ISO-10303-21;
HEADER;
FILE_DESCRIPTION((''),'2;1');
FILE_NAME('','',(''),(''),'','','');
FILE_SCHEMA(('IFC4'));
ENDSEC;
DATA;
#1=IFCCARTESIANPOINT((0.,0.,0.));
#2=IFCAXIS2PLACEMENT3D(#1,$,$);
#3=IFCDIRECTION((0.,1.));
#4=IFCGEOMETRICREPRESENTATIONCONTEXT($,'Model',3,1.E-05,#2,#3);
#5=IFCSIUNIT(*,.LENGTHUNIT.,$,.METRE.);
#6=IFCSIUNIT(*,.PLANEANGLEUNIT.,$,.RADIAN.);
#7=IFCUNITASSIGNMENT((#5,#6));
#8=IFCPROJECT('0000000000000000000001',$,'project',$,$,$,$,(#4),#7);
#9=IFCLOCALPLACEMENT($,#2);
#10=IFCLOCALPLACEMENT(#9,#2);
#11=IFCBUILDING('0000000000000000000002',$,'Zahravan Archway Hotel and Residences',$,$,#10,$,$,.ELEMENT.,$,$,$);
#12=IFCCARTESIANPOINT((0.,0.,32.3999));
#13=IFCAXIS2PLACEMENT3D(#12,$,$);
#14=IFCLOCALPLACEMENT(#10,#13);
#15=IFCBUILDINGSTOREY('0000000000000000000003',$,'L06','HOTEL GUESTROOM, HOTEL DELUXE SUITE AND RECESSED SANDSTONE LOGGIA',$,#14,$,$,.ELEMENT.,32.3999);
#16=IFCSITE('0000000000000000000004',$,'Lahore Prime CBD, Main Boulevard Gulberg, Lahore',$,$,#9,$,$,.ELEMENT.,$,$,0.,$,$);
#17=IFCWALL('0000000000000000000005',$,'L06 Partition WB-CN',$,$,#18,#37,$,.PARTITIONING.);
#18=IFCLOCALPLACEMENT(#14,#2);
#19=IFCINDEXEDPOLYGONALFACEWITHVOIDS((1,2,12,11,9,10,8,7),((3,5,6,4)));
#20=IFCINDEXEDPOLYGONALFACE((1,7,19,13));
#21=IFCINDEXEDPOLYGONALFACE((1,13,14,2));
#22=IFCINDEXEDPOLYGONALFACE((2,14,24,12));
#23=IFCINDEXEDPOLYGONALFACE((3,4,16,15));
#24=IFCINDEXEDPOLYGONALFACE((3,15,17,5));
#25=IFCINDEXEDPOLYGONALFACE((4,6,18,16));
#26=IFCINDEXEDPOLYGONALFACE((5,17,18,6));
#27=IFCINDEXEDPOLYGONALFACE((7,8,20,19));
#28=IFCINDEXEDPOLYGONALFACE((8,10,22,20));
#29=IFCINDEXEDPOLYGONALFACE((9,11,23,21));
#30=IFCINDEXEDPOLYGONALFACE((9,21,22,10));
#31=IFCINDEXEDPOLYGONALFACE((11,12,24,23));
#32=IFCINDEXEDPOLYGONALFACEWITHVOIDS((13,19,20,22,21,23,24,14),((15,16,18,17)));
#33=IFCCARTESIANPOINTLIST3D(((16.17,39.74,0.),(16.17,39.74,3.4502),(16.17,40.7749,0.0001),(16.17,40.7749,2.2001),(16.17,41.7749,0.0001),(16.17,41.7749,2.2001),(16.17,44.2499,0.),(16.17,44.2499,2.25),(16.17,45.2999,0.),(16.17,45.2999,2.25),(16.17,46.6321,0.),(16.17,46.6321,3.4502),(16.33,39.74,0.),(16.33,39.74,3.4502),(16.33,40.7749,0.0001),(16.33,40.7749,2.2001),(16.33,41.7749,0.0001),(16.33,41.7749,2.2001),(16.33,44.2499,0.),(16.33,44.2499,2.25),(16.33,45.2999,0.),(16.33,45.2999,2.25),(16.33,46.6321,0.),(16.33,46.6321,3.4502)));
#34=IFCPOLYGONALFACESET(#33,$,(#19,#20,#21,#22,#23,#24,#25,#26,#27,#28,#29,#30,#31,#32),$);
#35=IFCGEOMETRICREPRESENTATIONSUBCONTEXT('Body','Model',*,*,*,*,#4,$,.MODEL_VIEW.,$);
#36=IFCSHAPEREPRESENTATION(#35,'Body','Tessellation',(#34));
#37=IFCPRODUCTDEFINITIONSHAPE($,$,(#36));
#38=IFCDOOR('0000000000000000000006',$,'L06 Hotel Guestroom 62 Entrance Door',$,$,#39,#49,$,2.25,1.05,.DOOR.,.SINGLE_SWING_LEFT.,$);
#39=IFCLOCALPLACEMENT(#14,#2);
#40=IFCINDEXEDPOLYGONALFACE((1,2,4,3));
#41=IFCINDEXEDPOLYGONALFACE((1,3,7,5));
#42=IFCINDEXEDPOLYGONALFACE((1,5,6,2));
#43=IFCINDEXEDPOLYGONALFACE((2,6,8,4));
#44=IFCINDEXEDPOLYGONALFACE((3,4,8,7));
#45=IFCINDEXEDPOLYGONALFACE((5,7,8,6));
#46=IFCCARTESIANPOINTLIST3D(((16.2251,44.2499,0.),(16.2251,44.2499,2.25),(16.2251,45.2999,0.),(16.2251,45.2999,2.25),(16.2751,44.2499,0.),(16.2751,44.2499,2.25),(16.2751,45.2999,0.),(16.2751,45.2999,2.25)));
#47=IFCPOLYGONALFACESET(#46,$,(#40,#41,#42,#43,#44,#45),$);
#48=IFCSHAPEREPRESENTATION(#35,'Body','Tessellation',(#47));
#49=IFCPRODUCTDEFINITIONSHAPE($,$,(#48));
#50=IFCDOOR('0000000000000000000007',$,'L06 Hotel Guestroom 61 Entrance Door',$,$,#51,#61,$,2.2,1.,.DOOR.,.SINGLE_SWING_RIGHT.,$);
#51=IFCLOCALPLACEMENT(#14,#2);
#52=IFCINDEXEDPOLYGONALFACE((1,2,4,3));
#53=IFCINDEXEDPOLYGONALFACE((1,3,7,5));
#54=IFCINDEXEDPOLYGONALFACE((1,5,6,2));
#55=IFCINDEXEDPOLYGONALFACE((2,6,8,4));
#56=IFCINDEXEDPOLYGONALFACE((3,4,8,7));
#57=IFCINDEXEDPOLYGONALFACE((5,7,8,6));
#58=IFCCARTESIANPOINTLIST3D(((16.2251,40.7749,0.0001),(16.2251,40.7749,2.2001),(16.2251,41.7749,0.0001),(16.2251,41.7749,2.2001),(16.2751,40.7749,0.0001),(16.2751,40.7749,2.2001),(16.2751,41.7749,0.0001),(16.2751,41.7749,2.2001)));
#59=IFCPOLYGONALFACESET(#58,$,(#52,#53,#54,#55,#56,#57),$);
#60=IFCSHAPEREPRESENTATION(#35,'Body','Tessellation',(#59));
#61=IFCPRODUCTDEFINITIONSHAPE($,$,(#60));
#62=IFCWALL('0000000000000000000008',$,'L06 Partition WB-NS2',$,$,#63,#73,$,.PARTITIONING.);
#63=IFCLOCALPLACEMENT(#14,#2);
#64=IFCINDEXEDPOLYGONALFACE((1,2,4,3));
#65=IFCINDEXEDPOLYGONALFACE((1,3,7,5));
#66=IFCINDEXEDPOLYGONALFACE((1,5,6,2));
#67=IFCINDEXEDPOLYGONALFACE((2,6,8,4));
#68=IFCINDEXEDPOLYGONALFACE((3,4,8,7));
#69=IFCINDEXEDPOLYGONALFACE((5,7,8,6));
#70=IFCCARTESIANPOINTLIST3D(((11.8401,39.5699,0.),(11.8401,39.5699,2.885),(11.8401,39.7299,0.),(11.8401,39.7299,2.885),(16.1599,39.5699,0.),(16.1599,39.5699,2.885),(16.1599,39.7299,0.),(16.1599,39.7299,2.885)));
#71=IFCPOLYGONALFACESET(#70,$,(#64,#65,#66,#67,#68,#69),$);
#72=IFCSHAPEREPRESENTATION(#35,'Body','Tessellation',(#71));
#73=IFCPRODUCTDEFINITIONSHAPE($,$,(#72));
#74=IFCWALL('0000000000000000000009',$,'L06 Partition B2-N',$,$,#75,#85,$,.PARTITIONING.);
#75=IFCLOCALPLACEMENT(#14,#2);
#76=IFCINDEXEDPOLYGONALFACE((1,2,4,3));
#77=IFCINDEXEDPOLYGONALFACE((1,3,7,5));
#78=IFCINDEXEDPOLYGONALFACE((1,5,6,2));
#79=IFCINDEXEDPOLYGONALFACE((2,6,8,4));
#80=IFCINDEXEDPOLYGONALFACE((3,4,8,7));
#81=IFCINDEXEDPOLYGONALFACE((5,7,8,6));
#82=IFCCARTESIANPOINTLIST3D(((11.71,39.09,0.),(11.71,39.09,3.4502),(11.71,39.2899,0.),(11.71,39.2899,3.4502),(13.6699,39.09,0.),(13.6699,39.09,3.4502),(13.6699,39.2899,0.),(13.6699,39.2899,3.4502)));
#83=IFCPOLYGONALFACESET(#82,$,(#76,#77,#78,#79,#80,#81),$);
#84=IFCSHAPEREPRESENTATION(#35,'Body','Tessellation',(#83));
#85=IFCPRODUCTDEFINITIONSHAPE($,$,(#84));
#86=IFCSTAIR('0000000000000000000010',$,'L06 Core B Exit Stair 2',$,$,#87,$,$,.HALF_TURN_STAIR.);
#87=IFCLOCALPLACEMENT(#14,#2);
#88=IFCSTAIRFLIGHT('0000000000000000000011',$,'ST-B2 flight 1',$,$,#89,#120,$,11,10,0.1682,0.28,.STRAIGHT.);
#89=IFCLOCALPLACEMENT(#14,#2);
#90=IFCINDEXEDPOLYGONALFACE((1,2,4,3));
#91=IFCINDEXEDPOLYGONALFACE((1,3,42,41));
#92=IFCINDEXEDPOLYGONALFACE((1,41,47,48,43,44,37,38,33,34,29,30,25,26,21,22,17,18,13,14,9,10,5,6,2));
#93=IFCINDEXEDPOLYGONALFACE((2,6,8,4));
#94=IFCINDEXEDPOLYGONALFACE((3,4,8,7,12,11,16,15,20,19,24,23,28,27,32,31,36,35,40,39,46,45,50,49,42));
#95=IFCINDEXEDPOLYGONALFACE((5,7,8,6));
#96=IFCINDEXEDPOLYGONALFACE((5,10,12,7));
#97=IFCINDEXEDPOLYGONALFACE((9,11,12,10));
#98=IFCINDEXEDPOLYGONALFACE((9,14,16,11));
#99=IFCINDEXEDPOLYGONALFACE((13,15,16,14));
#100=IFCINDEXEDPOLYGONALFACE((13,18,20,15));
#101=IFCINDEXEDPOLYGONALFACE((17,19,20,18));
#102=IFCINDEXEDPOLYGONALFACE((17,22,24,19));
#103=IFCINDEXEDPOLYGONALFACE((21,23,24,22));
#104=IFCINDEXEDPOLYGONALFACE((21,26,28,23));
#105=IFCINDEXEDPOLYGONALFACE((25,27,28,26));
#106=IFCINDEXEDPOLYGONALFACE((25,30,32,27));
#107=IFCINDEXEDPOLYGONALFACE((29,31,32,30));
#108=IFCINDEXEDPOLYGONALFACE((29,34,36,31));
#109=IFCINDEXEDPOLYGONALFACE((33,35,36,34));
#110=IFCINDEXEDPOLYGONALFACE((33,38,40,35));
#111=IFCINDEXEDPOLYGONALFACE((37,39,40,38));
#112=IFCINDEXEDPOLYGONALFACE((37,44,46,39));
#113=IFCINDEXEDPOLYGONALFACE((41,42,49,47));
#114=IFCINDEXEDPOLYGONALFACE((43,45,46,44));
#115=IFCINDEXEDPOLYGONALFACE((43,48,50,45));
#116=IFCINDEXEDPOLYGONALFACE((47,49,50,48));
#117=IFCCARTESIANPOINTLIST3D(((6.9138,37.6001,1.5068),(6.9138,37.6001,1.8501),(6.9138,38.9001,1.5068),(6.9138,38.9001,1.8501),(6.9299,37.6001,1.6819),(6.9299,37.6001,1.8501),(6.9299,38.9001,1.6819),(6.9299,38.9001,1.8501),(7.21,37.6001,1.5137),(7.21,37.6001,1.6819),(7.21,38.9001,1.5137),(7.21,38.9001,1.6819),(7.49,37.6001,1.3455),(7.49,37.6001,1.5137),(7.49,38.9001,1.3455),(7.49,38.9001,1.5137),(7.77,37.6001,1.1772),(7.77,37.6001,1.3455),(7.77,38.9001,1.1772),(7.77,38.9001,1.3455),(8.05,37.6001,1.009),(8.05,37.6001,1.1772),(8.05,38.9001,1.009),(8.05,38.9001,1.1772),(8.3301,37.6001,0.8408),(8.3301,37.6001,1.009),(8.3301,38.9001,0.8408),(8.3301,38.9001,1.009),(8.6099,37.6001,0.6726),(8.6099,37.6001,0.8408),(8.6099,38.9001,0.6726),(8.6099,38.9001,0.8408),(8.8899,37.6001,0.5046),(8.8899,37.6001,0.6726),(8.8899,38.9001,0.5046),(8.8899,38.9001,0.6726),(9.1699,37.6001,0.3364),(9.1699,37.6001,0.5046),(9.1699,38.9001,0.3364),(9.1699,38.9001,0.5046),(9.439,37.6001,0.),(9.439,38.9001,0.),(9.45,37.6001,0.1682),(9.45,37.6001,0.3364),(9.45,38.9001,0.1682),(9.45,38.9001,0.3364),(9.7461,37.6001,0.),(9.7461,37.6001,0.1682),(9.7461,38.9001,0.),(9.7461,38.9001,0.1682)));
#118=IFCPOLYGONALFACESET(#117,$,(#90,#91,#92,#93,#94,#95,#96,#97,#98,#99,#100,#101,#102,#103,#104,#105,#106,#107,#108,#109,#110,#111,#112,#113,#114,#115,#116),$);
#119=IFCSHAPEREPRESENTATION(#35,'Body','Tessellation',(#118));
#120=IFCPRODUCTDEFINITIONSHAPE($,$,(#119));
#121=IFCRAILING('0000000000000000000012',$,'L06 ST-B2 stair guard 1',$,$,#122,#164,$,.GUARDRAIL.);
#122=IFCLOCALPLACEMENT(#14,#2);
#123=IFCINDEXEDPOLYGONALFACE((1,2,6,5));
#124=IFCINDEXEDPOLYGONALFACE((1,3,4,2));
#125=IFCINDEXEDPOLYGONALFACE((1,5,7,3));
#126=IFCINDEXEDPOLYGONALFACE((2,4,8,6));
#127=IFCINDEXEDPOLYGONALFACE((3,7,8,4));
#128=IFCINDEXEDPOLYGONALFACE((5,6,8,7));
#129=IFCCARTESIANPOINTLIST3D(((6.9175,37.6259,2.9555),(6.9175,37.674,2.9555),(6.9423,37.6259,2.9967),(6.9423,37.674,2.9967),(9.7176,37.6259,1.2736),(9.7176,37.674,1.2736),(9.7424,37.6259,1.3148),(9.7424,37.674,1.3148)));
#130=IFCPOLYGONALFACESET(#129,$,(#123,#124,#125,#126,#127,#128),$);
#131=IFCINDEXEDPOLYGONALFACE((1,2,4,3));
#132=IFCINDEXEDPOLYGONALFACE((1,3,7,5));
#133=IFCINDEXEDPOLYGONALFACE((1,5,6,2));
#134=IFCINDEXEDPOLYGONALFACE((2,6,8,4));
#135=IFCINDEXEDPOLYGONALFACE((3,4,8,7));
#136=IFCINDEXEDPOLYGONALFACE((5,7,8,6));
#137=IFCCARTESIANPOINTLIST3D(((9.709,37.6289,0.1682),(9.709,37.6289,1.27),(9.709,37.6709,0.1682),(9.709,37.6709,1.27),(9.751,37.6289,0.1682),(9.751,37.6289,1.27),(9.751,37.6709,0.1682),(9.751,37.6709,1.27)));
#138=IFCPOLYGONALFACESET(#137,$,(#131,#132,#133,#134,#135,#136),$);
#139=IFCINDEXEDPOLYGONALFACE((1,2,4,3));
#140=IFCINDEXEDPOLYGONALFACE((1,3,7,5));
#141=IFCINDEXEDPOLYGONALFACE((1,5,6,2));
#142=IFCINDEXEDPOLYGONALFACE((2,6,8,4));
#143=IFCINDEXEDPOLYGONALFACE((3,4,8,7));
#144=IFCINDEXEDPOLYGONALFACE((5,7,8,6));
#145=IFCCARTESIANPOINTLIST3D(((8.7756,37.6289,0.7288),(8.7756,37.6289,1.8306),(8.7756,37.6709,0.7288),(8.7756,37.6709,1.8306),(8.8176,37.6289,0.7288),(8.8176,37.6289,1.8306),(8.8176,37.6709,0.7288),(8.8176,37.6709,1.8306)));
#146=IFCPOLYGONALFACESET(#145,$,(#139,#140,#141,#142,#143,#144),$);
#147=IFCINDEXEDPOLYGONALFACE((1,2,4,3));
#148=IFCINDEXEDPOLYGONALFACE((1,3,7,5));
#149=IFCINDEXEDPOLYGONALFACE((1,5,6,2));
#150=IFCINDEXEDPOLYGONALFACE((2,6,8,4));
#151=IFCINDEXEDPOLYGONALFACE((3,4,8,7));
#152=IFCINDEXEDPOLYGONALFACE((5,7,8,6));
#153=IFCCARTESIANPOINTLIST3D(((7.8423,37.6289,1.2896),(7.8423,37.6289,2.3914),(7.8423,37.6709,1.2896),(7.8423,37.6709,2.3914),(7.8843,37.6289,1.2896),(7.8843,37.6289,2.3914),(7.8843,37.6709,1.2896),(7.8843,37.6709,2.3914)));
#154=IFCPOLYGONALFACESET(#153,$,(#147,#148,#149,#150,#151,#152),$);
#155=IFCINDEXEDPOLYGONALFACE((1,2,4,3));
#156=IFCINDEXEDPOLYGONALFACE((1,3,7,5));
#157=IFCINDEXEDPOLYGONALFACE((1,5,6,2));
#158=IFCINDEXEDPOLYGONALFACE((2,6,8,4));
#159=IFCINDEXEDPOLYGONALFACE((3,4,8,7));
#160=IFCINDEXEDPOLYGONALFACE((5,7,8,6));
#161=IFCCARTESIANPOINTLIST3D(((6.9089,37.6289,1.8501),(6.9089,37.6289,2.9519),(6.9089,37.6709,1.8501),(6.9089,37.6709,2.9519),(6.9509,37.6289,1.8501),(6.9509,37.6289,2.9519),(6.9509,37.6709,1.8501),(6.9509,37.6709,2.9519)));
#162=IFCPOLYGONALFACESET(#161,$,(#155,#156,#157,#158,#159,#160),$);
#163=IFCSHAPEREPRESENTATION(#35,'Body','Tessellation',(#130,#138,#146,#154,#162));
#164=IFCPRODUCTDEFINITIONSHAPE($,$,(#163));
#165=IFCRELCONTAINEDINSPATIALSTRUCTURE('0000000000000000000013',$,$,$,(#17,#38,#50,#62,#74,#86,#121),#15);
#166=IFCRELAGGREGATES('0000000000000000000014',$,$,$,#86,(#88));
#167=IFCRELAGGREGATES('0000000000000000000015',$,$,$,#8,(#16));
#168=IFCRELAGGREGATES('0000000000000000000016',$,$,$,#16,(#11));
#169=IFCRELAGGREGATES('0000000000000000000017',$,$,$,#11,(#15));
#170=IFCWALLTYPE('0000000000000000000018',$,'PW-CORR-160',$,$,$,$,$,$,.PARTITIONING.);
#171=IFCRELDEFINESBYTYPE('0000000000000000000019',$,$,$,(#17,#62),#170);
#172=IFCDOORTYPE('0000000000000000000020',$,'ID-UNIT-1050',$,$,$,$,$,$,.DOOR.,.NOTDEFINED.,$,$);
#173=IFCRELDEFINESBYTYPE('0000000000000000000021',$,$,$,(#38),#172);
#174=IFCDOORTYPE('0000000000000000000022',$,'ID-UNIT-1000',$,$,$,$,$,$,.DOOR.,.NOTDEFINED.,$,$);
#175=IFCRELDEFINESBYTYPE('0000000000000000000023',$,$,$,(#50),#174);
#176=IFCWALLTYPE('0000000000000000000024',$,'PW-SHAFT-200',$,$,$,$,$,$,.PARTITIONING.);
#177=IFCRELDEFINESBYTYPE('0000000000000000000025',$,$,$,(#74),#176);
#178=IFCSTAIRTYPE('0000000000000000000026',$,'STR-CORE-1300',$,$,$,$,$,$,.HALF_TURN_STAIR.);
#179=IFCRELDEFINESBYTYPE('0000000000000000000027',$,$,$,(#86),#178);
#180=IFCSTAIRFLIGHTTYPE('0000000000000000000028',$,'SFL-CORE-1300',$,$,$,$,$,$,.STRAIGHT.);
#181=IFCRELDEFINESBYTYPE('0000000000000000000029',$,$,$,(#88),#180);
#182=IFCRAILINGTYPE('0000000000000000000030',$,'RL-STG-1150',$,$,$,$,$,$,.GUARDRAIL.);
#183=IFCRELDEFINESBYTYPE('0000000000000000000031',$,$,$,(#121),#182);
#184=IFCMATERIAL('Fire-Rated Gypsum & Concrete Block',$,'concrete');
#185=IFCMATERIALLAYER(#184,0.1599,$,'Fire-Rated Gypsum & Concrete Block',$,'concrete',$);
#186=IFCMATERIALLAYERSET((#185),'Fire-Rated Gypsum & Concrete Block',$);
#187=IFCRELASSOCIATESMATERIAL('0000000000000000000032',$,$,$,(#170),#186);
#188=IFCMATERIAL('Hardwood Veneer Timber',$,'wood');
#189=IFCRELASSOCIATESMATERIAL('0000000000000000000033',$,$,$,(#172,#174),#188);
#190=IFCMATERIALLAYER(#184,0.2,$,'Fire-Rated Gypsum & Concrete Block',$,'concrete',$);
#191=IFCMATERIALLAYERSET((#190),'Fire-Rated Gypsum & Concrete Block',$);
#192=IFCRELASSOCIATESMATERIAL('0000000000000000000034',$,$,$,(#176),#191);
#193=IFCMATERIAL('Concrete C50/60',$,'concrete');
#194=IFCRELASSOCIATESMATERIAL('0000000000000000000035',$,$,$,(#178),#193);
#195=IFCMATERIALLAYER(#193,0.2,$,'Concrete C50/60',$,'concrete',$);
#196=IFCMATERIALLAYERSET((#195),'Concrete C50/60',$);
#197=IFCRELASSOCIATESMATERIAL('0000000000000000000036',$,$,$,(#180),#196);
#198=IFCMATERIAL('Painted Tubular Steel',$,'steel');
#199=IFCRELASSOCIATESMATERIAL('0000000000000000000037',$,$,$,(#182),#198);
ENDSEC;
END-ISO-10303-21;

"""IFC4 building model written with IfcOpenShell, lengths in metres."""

from ifc_helpers import new_model, si_unit, direction, frame, frame_2d, origin, origin_2d, place, context, subcontext, project, spatial, polyline, rectangle, outline, extrude, source, transform, mapped, material, layer, layer_set, type_object, type_shapes, element, fill, aggregate, save


model = new_model("IFC4")

# Units and contexts
model_context = context("Model", 3, precision=1e-05, world=origin(), true_north=direction((0.0, 1.0)))
body_context = subcontext(model_context, "Body", "Model", "MODEL_VIEW")
ifc_project = project(units=[si_unit("LENGTHUNIT", "METRE"), si_unit("PLANEANGLEUNIT", "RADIAN")], contexts=[model_context])

# Site, building, storey
site_placement = place(None, origin())
site = spatial("IfcSite", under=ifc_project, at=site_placement, Name="Lahore Prime CBD, Main Boulevard Gulberg, Lahore", CompositionType="ELEMENT", RefElevation=0.0)
building_placement = place(site_placement, origin())
building = spatial("IfcBuilding", under=site, at=building_placement, Name="Zahravan Archway Hotel and Residences", CompositionType="ELEMENT")
storey_placement = place(building_placement, frame((0.0, 0.0, 32.3999)))
storey = spatial("IfcBuildingStorey", under=building, at=storey_placement, Name="L06", Description="HOTEL GUESTROOM, HOTEL DELUXE SUITE AND RECESSED SANDSTONE LOGGIA", CompositionType="ELEMENT", Elevation=32.3999)

# Wall, openings, doors
ifc_material_1 = material(Name="Fire-Rated Gypsum & Concrete Block", Category="concrete")
ifc_layer_1 = layer(ifc_material_1, 0.1599, Name="Fire-Rated Gypsum & Concrete Block", Category="concrete")
ifc_layer_set_1 = layer_set([ifc_layer_1], Name="Fire-Rated Gypsum & Concrete Block")
wall_type_1 = type_object("IfcWallType", Name="PW-CORR-160", PredefinedType="PARTITIONING", material=ifc_layer_set_1)
wall_1_placement = place(storey_placement, frame((16.25, 39.74, 0.0), z_axis=(0.0, 0.0, 1.0), x_axis=(0.0, 1.0, 0.0)))
wall_1 = element("IfcWall", 1, at=wall_1_placement, inside=storey, type_object=wall_type_1, Name="L06 Partition WB-CN", PredefinedType="PARTITIONING", context=body_context, shape_type="SweptSolid", body=[
    extrude(rectangle(XDim=6.8921, YDim=0.1599, at=frame_2d((3.446, 0.0))), origin(), (0.0, 0.0, 1.0), 3.4502),
])
opening_1_placement = place(wall_1_placement, frame((1.0349, 0.0, 0.0)))
opening_1 = element("IfcOpeningElement", 2, at=opening_1_placement, cuts=wall_1, PredefinedType="OPENING", context=body_context, shape_type="SweptSolid", body=[
    extrude(rectangle(XDim=1.0, YDim=2.2, at=frame_2d((0.5, 1.1001))), frame((0.0, 0.0898, 0.0), z_axis=(0.0, -1.0, 0.0), x_axis=(1.0, 0.0, 0.0)), (0.0, 0.0, 1.0), 0.1799),
])
opening_2_placement = place(wall_1_placement, frame((4.51, 0.0, 0.0)))
opening_2 = element("IfcOpeningElement", 3, at=opening_2_placement, cuts=wall_1, PredefinedType="OPENING", context=body_context, shape_type="SweptSolid", body=[
    extrude(rectangle(XDim=1.05, YDim=2.25, at=frame_2d((0.5249, 1.125))), frame((0.0, 0.0898, 0.0), z_axis=(0.0, -1.0, 0.0), x_axis=(1.0, 0.0, 0.0)), (0.0, 0.0, 1.0), 0.1799),
])
ifc_material_2 = material(Name="Hardwood Veneer Timber", Category="wood")
door_type_1 = type_object("IfcDoorType", Name="ID-UNIT-1050", OperationType="NOTDEFINED", PredefinedType="DOOR", material=ifc_material_2)
shared_shape_1 = source(origin(), body_context, "Body", "SweptSolid", [
    extrude(rectangle(XDim=1.05, YDim=2.25, at=frame_2d((0.5249, 1.125))), frame((0.0, 0.0249, 0.0), z_axis=(0.0, -1.0, 0.0), x_axis=(1.0, 0.0, 0.0)), (0.0, 0.0, 1.0), 0.05),
])
type_shapes(door_type_1, [shared_shape_1])
door_1_placement = place(opening_2_placement, origin())
door_1 = element("IfcDoor", 4, at=door_1_placement, inside=storey, type_object=door_type_1, Name="L06 Hotel Guestroom 62 Entrance Door", OperationType="SINGLE_SWING_LEFT", OverallHeight=2.25, OverallWidth=1.05, PredefinedType="DOOR", context=body_context, shape_type="MappedRepresentation", body=[
    mapped(shared_shape_1, transform((0.0, 0.0, 0.0), scale=1.0)),
])
fill(opening_2, door_1)
door_type_2 = type_object("IfcDoorType", Name="ID-UNIT-1000", OperationType="NOTDEFINED", PredefinedType="DOOR", material=ifc_material_2)
shared_shape_2 = source(origin(), body_context, "Body", "SweptSolid", [
    extrude(rectangle(XDim=1.0, YDim=2.2, at=frame_2d((0.5, 1.1001))), frame((0.0, 0.0249, 0.0), z_axis=(0.0, -1.0, 0.0), x_axis=(1.0, 0.0, 0.0)), (0.0, 0.0, 1.0), 0.05),
])
type_shapes(door_type_2, [shared_shape_2])
door_2_placement = place(opening_1_placement, origin())
door_2 = element("IfcDoor", 5, at=door_2_placement, inside=storey, type_object=door_type_2, Name="L06 Hotel Guestroom 61 Entrance Door", OperationType="SINGLE_SWING_RIGHT", OverallHeight=2.2, OverallWidth=1.0, PredefinedType="DOOR", context=body_context, shape_type="MappedRepresentation", body=[
    mapped(shared_shape_2, transform((0.0, 0.0, 0.0), scale=1.0)),
])
fill(opening_1, door_2)

# Walls
wall_2_placement = place(storey_placement, frame((11.8401, 39.6499, 0.0), z_axis=(0.0, 0.0, 1.0), x_axis=(1.0, 0.0, 0.0)))
element("IfcWall", 6, at=wall_2_placement, inside=storey, type_object=wall_type_1, Name="L06 Partition WB-NS2", PredefinedType="PARTITIONING", context=body_context, shape_type="SweptSolid", body=[
    extrude(rectangle(XDim=4.3198, YDim=0.1599, at=frame_2d((2.1599, 0.0))), origin(), (0.0, 0.0, 1.0), 2.885),
])
ifc_layer_2 = layer(ifc_material_1, 0.2, Name="Fire-Rated Gypsum & Concrete Block", Category="concrete")
ifc_layer_set_2 = layer_set([ifc_layer_2], Name="Fire-Rated Gypsum & Concrete Block")
wall_type_2 = type_object("IfcWallType", Name="PW-SHAFT-200", PredefinedType="PARTITIONING", material=ifc_layer_set_2)
wall_3_placement = place(storey_placement, frame((11.71, 39.1899, 0.0), z_axis=(0.0, 0.0, 1.0), x_axis=(1.0, 0.0, 0.0)))
element("IfcWall", 7, at=wall_3_placement, inside=storey, type_object=wall_type_2, Name="L06 Partition B2-N", PredefinedType="PARTITIONING", context=body_context, shape_type="SweptSolid", body=[
    extrude(rectangle(XDim=1.96, YDim=0.2, at=frame_2d((0.98, 0.0))), origin(), (0.0, 0.0, 1.0), 3.4502),
])

# Stair, stair flight
ifc_material_3 = material(Name="Concrete C50/60", Category="concrete")
stair_type = type_object("IfcStairType", Name="STR-CORE-1300", PredefinedType="HALF_TURN_STAIR", material=ifc_material_3)
stair_placement = place(storey_placement, origin())
stair = element("IfcStair", 8, at=stair_placement, inside=storey, type_object=stair_type, Name="L06 Core B Exit Stair 2", PredefinedType="HALF_TURN_STAIR")
ifc_layer_3 = layer(ifc_material_3, 0.2, Name="Concrete C50/60", Category="concrete")
ifc_layer_set_3 = layer_set([ifc_layer_3], Name="Concrete C50/60")
stair_flight_type = type_object("IfcStairFlightType", Name="SFL-CORE-1300", PredefinedType="STRAIGHT", material=ifc_layer_set_3)
shared_shape_3 = source(origin(), body_context, "Body", "SweptSolid", [
    extrude(outline(polyline([(-0.0161, 0.0), (-0.0161, 0.1682), (0.28, 0.1682), (0.28, 0.3364), (0.5601, 0.3364), (0.5601, 0.5046), (0.8401, 0.5046), (0.8401, 0.6726), (1.1201, 0.6726), (1.1201, 0.8408), (1.3999, 0.8408), (1.3999, 1.009), (1.6799, 1.009), (1.6799, 1.1772), (1.96, 1.1772), (1.96, 1.3455), (2.24, 1.3455), (2.24, 1.5137), (2.52, 1.5137), (2.52, 1.6819), (2.8, 1.6819), (2.8, 1.8501), (2.8162, 1.8501), (2.8162, 1.5068), (0.291, 0.0), (-0.0161, 0.0)])), frame((0.0, 0.6499, 0.0), z_axis=(0.0, -1.0, 0.0), x_axis=(1.0, 0.0, 0.0)), (0.0, 0.0, 1.0), 1.3),
])
stair_flight_placement = place(storey_placement, frame((9.73, 38.25, 0.0), z_axis=(0.0, 0.0, 1.0), x_axis=(-1.0, 0.0, 0.0)))
stair_flight = element("IfcStairFlight", 9, at=stair_flight_placement, type_object=stair_flight_type, Name="ST-B2 flight 1", NumberOfRisers=11, NumberOfTreads=10, PredefinedType="STRAIGHT", RiserHeight=0.1682, TreadLength=0.28, context=body_context, shape_type="MappedRepresentation", body=[
    mapped(shared_shape_3, transform((0.0, 0.0, 0.0), scale=1.0)),
])
aggregate(stair, [stair_flight])

# Railing
ifc_material_4 = material(Name="Painted Tubular Steel", Category="steel")
railing_type_1 = type_object("IfcRailingType", Name="RL-STG-1150", PredefinedType="GUARDRAIL", material=ifc_material_4)
railing_1_placement = place(storey_placement, frame((9.73, 37.6499, 0.1682)))
element("IfcRailing", 10, at=railing_1_placement, inside=storey, type_object=railing_type_1, Name="L06 ST-B2 stair guard 1", PredefinedType="GUARDRAIL", context=body_context, shape_type="SweptSolid", body=[
    extrude(rectangle(XDim=0.0481, YDim=0.0481, at=origin_2d()), frame((0.0, 0.0, 1.126), z_axis=(-0.857242, 0.0, 0.514913), x_axis=(0.0, -1.0, 0.0)), (0.0, 0.0, 1.0), 3.2664),
    extrude(rectangle(XDim=0.042, YDim=0.042, at=origin_2d()), origin(), (0.0, 0.0, 1.0), 1.1018),
    extrude(rectangle(XDim=0.042, YDim=0.042, at=origin_2d()), frame((-0.9333, 0.0, 0.5605)), (0.0, 0.0, 1.0), 1.1018),
    extrude(rectangle(XDim=0.042, YDim=0.042, at=origin_2d()), frame((-1.8667, 0.0, 1.1213)), (0.0, 0.0, 1.0), 1.1018),
    extrude(rectangle(XDim=0.042, YDim=0.042, at=origin_2d()), frame((-2.8, 0.0, 1.6819)), (0.0, 0.0, 1.0), 1.1018),
])

save(model, "model.ifc")
